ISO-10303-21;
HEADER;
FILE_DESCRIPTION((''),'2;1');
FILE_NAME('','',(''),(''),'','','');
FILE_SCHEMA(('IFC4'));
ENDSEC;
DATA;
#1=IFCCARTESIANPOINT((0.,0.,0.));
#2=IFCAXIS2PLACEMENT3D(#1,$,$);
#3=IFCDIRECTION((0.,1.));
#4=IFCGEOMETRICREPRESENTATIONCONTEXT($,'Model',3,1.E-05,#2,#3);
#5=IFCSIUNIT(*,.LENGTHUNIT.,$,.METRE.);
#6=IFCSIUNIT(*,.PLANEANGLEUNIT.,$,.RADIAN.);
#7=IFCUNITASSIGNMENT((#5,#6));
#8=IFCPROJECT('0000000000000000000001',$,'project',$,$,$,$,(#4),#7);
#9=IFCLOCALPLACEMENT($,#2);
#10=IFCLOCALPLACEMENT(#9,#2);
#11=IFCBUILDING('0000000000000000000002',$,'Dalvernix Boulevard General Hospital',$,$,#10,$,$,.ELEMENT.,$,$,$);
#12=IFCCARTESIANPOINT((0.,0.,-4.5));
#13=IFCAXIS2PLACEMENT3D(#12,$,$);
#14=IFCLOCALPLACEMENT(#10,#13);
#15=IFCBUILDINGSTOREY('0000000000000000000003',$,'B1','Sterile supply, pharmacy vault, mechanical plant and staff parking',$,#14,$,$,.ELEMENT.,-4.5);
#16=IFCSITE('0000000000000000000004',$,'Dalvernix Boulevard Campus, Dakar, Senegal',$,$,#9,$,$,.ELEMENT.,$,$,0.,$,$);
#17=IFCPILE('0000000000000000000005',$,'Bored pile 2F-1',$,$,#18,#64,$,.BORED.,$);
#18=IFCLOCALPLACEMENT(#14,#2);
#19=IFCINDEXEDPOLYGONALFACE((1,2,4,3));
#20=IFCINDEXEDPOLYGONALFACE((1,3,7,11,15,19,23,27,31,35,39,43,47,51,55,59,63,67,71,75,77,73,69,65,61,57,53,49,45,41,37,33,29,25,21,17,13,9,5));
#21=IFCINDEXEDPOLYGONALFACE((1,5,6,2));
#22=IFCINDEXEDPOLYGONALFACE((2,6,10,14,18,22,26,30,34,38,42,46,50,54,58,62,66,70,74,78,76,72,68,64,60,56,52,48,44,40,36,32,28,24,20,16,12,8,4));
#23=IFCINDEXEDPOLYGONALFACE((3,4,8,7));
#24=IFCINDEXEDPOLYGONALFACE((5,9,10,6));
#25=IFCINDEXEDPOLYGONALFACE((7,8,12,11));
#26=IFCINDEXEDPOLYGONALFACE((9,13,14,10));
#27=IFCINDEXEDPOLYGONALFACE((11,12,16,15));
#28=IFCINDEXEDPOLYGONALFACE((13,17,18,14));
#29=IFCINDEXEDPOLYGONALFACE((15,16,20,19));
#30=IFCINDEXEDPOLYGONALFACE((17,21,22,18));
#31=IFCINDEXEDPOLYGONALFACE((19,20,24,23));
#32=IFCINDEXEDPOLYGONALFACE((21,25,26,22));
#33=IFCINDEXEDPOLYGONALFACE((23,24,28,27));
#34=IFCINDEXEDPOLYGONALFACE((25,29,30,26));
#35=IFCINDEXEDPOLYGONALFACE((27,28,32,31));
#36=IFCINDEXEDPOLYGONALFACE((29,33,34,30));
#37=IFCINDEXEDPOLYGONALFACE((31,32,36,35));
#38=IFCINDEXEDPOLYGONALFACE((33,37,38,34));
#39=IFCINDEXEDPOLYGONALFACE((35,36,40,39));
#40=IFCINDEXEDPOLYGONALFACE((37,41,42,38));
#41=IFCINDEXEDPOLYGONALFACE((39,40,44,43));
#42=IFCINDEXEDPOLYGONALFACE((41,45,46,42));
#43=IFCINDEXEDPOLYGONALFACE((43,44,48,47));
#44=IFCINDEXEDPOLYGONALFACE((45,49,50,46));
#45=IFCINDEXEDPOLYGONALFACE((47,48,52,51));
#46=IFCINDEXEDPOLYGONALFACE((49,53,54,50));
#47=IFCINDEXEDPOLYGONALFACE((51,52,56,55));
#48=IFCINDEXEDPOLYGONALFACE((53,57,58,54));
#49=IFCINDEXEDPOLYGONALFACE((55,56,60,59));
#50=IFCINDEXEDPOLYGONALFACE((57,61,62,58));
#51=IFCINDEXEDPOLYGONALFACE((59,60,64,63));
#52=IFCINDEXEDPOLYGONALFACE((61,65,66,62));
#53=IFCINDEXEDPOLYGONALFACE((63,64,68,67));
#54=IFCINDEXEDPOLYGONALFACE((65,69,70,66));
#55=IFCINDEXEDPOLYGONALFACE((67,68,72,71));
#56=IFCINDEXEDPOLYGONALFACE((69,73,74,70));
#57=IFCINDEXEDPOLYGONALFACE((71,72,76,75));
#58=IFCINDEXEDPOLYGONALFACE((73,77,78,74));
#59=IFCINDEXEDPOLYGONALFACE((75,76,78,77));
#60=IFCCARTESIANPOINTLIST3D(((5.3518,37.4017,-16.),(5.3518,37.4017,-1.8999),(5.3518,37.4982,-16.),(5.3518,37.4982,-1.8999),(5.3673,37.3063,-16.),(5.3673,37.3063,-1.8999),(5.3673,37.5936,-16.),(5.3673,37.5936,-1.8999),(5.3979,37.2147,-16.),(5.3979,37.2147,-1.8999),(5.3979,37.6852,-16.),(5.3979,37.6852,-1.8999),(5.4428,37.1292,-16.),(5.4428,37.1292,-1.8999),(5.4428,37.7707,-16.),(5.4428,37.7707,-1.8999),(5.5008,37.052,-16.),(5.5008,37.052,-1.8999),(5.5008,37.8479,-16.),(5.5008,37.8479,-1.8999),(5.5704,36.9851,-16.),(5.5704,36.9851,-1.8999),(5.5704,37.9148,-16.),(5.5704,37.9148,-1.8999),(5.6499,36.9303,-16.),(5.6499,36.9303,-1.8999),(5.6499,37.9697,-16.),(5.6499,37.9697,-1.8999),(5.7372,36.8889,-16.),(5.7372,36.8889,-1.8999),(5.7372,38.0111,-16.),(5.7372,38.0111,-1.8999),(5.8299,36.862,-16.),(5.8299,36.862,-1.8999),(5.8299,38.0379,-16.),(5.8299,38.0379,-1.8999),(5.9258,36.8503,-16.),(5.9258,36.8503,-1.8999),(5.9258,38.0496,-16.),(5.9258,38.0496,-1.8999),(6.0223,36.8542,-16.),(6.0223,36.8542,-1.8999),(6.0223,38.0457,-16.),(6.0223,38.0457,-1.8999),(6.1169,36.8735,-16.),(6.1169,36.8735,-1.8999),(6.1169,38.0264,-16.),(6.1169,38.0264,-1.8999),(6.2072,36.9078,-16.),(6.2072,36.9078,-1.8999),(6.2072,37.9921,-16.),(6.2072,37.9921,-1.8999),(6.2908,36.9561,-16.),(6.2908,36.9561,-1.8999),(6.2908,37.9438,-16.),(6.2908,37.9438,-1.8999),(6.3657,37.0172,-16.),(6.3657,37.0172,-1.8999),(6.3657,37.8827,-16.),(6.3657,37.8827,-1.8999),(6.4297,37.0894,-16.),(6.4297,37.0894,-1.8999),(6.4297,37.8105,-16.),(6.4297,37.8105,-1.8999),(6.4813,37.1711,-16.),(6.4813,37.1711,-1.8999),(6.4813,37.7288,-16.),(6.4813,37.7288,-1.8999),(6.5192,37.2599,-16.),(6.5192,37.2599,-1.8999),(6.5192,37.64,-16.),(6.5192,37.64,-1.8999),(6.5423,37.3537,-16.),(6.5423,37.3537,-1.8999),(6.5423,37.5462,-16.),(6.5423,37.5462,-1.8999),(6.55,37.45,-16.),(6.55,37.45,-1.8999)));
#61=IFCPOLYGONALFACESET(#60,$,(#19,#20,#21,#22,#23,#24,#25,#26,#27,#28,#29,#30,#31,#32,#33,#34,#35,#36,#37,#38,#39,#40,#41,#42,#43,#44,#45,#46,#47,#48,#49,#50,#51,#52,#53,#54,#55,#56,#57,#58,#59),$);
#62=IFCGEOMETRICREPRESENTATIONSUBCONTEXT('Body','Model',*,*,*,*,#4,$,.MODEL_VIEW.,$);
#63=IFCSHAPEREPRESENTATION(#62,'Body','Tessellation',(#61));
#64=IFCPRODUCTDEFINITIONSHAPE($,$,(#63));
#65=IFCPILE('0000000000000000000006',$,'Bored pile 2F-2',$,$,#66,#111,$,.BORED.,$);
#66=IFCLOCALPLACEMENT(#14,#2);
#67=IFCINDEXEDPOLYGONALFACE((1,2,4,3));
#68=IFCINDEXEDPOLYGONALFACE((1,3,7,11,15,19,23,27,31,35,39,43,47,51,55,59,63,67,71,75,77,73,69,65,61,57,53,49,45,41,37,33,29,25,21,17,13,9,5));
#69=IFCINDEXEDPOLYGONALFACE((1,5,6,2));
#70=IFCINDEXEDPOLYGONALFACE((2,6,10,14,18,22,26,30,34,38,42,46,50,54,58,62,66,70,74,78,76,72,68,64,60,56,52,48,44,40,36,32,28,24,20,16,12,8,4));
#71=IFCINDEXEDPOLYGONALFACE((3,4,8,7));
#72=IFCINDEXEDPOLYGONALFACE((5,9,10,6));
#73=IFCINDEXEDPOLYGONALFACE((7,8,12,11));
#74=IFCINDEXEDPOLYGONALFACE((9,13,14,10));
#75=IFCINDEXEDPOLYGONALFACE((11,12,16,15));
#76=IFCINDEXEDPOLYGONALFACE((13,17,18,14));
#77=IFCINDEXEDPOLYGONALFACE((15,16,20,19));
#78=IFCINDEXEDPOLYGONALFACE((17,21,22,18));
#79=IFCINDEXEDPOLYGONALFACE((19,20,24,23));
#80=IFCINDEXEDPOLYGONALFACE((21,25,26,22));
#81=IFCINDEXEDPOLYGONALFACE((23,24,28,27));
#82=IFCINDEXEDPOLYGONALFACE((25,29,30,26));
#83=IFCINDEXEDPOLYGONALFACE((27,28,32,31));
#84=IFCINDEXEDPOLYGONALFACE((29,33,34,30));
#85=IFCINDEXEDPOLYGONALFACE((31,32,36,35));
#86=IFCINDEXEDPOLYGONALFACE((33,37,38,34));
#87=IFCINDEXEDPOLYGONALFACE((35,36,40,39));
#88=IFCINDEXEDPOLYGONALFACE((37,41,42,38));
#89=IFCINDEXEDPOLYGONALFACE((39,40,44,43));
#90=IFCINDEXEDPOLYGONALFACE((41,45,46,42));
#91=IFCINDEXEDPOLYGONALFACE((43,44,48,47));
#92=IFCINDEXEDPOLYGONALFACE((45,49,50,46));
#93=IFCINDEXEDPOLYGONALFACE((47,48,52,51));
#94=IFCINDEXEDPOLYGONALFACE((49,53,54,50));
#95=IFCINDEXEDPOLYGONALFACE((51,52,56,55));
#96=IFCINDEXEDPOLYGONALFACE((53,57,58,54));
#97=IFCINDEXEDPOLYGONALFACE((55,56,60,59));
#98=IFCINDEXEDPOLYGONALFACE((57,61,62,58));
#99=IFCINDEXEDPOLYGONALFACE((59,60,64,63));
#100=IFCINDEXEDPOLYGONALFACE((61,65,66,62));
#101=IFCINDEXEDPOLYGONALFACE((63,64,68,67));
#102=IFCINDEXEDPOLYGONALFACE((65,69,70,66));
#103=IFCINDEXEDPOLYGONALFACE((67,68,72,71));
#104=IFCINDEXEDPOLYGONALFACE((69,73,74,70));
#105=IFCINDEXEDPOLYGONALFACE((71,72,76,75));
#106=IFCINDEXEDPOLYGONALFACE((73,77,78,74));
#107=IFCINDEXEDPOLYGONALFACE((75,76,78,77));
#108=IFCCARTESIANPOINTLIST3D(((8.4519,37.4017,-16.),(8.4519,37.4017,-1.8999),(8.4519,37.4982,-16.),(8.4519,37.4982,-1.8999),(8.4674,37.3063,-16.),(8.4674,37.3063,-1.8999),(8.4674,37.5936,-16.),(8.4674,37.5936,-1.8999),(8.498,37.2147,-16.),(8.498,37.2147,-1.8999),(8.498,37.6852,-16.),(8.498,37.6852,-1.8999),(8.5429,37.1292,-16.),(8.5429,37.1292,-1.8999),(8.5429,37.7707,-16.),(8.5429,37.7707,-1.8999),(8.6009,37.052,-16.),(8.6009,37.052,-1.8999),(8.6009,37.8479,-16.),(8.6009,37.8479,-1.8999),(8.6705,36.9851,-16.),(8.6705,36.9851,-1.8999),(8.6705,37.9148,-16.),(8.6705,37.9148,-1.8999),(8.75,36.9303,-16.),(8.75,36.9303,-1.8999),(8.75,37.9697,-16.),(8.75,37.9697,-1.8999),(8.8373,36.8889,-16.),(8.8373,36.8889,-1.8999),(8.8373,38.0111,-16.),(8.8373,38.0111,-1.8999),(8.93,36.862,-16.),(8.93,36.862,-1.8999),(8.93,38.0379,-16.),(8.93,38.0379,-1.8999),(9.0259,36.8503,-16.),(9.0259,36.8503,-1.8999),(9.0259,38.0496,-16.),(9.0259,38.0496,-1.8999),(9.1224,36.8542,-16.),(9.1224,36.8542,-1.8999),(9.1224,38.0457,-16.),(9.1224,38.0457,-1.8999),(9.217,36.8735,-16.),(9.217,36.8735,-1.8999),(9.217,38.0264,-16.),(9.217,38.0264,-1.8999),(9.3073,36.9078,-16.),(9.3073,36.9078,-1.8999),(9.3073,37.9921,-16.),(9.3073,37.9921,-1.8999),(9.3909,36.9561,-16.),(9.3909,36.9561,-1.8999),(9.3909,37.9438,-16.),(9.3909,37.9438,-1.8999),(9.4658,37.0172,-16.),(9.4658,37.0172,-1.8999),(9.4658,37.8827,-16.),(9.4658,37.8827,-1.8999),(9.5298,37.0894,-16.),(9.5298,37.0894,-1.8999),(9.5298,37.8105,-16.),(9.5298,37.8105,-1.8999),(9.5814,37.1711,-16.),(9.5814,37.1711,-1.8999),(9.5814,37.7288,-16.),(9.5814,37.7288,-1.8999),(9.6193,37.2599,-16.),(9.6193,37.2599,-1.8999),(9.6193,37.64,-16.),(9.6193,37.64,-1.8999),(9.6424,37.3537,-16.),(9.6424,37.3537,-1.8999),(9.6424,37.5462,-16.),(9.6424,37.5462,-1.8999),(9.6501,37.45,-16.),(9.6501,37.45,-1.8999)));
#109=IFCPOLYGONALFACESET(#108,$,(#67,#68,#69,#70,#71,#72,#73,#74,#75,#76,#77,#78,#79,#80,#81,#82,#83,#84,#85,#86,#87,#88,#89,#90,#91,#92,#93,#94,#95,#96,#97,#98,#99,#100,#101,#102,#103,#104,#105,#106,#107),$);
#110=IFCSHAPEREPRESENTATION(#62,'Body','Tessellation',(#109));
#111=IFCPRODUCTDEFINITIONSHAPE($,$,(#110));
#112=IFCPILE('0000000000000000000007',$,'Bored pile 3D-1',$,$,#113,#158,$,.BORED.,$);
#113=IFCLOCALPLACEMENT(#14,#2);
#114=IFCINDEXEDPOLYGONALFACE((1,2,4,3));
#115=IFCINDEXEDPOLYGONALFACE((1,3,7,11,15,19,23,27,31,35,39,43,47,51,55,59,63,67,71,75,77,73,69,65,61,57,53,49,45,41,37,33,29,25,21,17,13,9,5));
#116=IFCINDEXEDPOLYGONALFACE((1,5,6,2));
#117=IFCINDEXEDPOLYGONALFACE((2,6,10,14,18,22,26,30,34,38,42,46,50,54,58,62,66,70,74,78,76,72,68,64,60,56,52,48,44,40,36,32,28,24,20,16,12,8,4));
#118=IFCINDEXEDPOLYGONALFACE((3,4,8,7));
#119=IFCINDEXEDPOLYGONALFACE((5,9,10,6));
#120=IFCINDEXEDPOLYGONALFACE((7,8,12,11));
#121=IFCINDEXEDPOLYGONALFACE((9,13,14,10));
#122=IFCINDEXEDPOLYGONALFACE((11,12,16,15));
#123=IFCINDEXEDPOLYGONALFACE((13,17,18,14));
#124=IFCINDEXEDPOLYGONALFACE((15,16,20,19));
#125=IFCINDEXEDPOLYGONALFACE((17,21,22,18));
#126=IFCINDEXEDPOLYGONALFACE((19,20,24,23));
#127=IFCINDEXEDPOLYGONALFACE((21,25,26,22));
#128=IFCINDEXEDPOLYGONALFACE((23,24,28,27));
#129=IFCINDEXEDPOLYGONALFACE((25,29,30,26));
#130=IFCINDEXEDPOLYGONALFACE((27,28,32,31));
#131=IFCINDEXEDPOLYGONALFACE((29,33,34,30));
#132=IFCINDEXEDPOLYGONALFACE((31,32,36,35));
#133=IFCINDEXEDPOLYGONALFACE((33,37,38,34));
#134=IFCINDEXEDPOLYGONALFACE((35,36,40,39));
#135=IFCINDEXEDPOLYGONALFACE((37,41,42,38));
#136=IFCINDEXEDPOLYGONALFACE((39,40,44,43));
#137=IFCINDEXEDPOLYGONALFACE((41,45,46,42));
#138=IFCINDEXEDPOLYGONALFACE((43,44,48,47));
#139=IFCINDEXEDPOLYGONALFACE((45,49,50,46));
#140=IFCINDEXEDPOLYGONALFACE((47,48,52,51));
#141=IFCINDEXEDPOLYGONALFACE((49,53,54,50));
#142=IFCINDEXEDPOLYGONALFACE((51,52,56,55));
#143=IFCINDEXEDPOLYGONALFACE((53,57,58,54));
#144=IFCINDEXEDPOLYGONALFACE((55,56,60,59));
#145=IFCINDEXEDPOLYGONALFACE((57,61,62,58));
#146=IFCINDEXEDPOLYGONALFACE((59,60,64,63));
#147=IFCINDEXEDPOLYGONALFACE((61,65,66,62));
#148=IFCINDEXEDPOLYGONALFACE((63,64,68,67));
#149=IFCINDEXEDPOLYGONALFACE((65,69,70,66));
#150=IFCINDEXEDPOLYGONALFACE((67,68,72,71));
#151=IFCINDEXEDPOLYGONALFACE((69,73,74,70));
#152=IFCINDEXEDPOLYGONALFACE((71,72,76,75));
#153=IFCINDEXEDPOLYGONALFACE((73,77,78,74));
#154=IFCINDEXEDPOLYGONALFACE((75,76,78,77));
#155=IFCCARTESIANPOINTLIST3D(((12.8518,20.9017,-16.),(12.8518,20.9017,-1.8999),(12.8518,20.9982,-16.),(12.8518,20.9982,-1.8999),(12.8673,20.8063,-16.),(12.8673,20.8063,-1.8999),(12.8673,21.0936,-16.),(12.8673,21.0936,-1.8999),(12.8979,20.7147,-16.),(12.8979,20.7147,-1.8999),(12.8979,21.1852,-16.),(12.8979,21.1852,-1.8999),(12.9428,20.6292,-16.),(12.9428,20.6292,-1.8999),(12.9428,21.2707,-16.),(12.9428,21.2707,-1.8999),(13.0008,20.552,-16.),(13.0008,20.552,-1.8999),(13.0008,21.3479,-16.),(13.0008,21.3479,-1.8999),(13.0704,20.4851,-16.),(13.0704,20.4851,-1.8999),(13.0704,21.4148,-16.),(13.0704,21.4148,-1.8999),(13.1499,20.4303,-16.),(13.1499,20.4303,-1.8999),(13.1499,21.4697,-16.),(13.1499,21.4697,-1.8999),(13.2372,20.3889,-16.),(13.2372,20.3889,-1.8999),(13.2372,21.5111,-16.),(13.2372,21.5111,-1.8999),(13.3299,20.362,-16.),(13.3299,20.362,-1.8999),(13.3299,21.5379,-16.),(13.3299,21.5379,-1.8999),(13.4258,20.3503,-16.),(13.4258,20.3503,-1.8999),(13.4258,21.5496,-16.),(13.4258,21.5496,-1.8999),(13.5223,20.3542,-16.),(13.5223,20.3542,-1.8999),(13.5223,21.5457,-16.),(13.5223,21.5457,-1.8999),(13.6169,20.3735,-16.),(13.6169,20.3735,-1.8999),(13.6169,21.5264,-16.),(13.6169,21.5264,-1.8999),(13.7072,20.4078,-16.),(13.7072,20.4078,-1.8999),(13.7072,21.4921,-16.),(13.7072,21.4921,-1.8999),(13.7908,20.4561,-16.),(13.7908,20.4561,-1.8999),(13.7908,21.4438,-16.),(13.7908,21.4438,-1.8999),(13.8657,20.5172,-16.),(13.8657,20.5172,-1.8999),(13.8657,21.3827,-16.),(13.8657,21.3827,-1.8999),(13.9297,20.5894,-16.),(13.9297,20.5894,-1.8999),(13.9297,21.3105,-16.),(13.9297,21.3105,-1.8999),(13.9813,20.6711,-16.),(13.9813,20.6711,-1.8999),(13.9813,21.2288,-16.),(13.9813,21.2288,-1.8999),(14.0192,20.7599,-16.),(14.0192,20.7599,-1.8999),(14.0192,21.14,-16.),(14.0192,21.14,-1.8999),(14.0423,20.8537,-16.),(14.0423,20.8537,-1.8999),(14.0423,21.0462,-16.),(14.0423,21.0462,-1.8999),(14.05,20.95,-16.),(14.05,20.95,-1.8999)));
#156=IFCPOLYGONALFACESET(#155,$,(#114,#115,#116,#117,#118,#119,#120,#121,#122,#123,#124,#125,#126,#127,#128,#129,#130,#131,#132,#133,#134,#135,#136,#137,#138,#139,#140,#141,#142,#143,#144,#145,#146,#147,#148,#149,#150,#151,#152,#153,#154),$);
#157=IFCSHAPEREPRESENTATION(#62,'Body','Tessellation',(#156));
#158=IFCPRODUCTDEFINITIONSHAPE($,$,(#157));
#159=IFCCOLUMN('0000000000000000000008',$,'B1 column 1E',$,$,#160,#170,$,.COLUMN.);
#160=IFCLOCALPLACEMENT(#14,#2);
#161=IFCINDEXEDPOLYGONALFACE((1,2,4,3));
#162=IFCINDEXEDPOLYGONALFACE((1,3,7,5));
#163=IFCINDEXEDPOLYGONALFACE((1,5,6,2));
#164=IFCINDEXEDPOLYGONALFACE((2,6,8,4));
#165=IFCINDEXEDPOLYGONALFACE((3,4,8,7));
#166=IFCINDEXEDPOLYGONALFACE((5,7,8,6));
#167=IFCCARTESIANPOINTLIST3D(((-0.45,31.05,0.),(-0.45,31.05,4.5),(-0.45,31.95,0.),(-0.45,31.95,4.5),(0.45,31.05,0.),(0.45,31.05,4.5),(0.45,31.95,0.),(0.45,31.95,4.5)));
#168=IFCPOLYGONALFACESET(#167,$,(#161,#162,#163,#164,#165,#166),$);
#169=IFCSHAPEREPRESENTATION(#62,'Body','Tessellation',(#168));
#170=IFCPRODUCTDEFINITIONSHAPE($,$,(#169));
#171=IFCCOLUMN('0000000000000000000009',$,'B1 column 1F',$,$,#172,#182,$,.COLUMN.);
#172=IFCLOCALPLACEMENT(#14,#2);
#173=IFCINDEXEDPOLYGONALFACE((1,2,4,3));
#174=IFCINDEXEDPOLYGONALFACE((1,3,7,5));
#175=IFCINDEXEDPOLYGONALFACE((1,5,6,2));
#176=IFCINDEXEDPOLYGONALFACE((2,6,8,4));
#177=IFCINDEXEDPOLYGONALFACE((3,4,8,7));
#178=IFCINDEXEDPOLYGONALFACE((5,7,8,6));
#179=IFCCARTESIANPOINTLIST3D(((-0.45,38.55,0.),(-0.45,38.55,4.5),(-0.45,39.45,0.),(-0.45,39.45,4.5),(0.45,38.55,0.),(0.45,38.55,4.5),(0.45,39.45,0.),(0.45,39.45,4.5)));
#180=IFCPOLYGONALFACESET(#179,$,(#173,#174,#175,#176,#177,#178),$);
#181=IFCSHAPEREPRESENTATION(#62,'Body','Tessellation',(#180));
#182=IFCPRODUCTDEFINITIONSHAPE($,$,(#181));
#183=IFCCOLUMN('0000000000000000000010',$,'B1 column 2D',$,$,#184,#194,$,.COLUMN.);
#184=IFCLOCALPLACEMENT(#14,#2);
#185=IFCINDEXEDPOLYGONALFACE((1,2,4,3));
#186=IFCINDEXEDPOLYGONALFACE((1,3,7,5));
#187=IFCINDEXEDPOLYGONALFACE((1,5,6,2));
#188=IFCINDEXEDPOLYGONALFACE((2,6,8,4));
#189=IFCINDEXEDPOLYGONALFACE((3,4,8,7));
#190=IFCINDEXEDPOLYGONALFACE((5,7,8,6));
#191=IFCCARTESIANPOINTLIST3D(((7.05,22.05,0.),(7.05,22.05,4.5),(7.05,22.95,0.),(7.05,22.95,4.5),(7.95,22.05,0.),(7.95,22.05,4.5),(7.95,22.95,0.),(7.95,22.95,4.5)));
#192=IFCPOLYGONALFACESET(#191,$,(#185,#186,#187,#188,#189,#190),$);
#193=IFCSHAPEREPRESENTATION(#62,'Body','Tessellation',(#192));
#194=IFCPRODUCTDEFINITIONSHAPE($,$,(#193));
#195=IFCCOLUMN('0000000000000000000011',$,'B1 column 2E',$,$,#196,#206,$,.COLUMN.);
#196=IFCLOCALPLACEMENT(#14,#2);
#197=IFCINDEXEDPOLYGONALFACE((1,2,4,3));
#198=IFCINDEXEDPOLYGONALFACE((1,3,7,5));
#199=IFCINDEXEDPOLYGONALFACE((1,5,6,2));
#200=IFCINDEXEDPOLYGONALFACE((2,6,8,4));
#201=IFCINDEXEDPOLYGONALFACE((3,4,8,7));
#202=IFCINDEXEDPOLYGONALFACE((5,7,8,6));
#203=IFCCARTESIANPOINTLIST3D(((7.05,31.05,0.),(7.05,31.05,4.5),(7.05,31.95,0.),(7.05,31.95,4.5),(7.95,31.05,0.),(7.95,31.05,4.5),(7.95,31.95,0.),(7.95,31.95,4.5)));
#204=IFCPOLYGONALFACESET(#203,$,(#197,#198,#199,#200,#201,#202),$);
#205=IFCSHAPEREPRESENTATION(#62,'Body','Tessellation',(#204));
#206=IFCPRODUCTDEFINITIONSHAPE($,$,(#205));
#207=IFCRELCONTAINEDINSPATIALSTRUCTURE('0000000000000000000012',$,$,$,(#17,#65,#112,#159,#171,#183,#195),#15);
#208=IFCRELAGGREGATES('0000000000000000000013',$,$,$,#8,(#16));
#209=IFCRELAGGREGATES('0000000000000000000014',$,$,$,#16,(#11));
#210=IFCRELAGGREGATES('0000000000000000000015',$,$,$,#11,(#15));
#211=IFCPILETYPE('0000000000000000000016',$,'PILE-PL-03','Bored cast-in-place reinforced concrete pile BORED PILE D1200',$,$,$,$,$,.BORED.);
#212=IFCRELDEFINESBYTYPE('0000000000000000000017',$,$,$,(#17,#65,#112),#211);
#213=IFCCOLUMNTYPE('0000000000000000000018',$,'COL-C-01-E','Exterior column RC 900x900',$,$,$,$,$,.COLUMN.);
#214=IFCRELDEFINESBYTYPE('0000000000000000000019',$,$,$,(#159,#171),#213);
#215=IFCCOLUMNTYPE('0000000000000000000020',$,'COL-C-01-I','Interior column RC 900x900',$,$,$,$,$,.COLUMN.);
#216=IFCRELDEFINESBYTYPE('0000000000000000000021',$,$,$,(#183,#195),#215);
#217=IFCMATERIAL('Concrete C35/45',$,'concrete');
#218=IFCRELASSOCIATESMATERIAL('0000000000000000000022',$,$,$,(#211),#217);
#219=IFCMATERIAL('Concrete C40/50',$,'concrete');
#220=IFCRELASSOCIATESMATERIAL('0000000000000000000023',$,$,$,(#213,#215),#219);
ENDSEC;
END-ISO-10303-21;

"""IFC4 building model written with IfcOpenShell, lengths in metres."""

from ifc_helpers import new_model, si_unit, direction, frame, origin, origin_2d, place, context, subcontext, project, spatial, rectangle, circle, extrude, material, material_profile, profile_set, type_object, element, save


model = new_model("IFC4")

# Units and contexts
model_context = context("Model", 3, precision=1e-05, world=origin(), true_north=direction((0.0, 1.0)))
body_context = subcontext(model_context, "Body", "Model", "MODEL_VIEW")
ifc_project = project(units=[si_unit("LENGTHUNIT", "METRE"), si_unit("PLANEANGLEUNIT", "RADIAN")], contexts=[model_context])

# Site, building, storey
site_placement = place(None, origin())
site = spatial("IfcSite", under=ifc_project, at=site_placement, Name="Dalvernix Boulevard Campus, Dakar, Senegal", CompositionType="ELEMENT", RefElevation=0.0)
building_placement = place(site_placement, origin())
building = spatial("IfcBuilding", under=site, at=building_placement, Name="Dalvernix Boulevard General Hospital", CompositionType="ELEMENT")
storey_placement = place(building_placement, frame((0.0, 0.0, -4.5)))
storey = spatial("IfcBuildingStorey", under=building, at=storey_placement, Name="B1", Description="Sterile supply, pharmacy vault, mechanical plant and staff parking", CompositionType="ELEMENT", Elevation=-4.5)

# Shared definitions
ifc_material_1 = material(Name="Concrete C35/45", Category="concrete")
ifc_material_2 = material(Name="Concrete C40/50", Category="concrete")

# Piles
ifc_material_profile_1 = material_profile(ifc_material_1, circle(Radius=0.6001, at=origin_2d()), Name="BORED PILE D1200")
ifc_profile_set_1 = profile_set([ifc_material_profile_1], Name="Concrete C35/45")
pile_type = type_object("IfcPileType", Name="PILE-PL-03", Description="Bored cast-in-place reinforced concrete pile BORED PILE D1200", PredefinedType="BORED", material=ifc_profile_set_1)
for number, where, z_axis, x_axis, name in (
    (1, (5.95, 37.45, -1.8999), (0.0, 0.0, -1.0), (1.0, 0.0, 0.0), "Bored pile 2F-1"),
    (2, (9.05, 37.45, -1.8999), (0.0, 0.0, -1.0), (1.0, 0.0, 0.0), "Bored pile 2F-2"),
    (3, (13.45, 20.95, -1.8999), (0.0, 0.0, -1.0), (1.0, 0.0, 0.0), "Bored pile 3D-1"),
):
    element("IfcPile", number, at=place(storey_placement, frame(where, z_axis=z_axis, x_axis=x_axis)), inside=storey, type_object=pile_type, Name=name, PredefinedType="BORED", context=body_context, shape_type="SweptSolid", body=[
        extrude(circle(Radius=0.6001, at=origin_2d()), origin(), (0.0, 0.0, 1.0), 14.1001),
    ])

# Columns
ifc_material_profile_2 = material_profile(ifc_material_2, rectangle(XDim=0.8999, YDim=0.8999, at=origin_2d()), Name="RC 900x900")
ifc_profile_set_2 = profile_set([ifc_material_profile_2], Name="Concrete C40/50")
column_type_1 = type_object("IfcColumnType", Name="COL-C-01-E", Description="Exterior column RC 900x900", PredefinedType="COLUMN", material=ifc_profile_set_2)
for number, where, z_axis, x_axis, name in (
    (4, (0.0, 31.5, 0.0), (0.0, 0.0, 1.0), (1.0, 0.0, 0.0), "B1 column 1E"),
    (5, (0.0, 39.0, 0.0), (0.0, 0.0, 1.0), (1.0, 0.0, 0.0), "B1 column 1F"),
):
    element("IfcColumn", number, at=place(storey_placement, frame(where, z_axis=z_axis, x_axis=x_axis)), inside=storey, type_object=column_type_1, Name=name, PredefinedType="COLUMN", context=body_context, shape_type="SweptSolid", body=[
        extrude(rectangle(XDim=0.8999, YDim=0.8999, at=origin_2d()), origin(), (0.0, 0.0, 1.0), 4.5),
    ])
ifc_material_profile_3 = material_profile(ifc_material_2, rectangle(XDim=0.8999, YDim=0.8999, at=origin_2d()), Name="RC 900x900")
ifc_profile_set_3 = profile_set([ifc_material_profile_3], Name="Concrete C40/50")
column_type_2 = type_object("IfcColumnType", Name="COL-C-01-I", Description="Interior column RC 900x900", PredefinedType="COLUMN", material=ifc_profile_set_3)
for number, where, z_axis, x_axis, name in (
    (6, (7.5, 22.5, 0.0), (0.0, 0.0, 1.0), (1.0, 0.0, 0.0), "B1 column 2D"),
    (7, (7.5, 31.5, 0.0), (0.0, 0.0, 1.0), (1.0, 0.0, 0.0), "B1 column 2E"),
):
    element("IfcColumn", number, at=place(storey_placement, frame(where, z_axis=z_axis, x_axis=x_axis)), inside=storey, type_object=column_type_2, Name=name, PredefinedType="COLUMN", context=body_context, shape_type="SweptSolid", body=[
        extrude(rectangle(XDim=0.8999, YDim=0.8999, at=origin_2d()), origin(), (0.0, 0.0, 1.0), 4.5),
    ])

save(model, "model.ifc")
